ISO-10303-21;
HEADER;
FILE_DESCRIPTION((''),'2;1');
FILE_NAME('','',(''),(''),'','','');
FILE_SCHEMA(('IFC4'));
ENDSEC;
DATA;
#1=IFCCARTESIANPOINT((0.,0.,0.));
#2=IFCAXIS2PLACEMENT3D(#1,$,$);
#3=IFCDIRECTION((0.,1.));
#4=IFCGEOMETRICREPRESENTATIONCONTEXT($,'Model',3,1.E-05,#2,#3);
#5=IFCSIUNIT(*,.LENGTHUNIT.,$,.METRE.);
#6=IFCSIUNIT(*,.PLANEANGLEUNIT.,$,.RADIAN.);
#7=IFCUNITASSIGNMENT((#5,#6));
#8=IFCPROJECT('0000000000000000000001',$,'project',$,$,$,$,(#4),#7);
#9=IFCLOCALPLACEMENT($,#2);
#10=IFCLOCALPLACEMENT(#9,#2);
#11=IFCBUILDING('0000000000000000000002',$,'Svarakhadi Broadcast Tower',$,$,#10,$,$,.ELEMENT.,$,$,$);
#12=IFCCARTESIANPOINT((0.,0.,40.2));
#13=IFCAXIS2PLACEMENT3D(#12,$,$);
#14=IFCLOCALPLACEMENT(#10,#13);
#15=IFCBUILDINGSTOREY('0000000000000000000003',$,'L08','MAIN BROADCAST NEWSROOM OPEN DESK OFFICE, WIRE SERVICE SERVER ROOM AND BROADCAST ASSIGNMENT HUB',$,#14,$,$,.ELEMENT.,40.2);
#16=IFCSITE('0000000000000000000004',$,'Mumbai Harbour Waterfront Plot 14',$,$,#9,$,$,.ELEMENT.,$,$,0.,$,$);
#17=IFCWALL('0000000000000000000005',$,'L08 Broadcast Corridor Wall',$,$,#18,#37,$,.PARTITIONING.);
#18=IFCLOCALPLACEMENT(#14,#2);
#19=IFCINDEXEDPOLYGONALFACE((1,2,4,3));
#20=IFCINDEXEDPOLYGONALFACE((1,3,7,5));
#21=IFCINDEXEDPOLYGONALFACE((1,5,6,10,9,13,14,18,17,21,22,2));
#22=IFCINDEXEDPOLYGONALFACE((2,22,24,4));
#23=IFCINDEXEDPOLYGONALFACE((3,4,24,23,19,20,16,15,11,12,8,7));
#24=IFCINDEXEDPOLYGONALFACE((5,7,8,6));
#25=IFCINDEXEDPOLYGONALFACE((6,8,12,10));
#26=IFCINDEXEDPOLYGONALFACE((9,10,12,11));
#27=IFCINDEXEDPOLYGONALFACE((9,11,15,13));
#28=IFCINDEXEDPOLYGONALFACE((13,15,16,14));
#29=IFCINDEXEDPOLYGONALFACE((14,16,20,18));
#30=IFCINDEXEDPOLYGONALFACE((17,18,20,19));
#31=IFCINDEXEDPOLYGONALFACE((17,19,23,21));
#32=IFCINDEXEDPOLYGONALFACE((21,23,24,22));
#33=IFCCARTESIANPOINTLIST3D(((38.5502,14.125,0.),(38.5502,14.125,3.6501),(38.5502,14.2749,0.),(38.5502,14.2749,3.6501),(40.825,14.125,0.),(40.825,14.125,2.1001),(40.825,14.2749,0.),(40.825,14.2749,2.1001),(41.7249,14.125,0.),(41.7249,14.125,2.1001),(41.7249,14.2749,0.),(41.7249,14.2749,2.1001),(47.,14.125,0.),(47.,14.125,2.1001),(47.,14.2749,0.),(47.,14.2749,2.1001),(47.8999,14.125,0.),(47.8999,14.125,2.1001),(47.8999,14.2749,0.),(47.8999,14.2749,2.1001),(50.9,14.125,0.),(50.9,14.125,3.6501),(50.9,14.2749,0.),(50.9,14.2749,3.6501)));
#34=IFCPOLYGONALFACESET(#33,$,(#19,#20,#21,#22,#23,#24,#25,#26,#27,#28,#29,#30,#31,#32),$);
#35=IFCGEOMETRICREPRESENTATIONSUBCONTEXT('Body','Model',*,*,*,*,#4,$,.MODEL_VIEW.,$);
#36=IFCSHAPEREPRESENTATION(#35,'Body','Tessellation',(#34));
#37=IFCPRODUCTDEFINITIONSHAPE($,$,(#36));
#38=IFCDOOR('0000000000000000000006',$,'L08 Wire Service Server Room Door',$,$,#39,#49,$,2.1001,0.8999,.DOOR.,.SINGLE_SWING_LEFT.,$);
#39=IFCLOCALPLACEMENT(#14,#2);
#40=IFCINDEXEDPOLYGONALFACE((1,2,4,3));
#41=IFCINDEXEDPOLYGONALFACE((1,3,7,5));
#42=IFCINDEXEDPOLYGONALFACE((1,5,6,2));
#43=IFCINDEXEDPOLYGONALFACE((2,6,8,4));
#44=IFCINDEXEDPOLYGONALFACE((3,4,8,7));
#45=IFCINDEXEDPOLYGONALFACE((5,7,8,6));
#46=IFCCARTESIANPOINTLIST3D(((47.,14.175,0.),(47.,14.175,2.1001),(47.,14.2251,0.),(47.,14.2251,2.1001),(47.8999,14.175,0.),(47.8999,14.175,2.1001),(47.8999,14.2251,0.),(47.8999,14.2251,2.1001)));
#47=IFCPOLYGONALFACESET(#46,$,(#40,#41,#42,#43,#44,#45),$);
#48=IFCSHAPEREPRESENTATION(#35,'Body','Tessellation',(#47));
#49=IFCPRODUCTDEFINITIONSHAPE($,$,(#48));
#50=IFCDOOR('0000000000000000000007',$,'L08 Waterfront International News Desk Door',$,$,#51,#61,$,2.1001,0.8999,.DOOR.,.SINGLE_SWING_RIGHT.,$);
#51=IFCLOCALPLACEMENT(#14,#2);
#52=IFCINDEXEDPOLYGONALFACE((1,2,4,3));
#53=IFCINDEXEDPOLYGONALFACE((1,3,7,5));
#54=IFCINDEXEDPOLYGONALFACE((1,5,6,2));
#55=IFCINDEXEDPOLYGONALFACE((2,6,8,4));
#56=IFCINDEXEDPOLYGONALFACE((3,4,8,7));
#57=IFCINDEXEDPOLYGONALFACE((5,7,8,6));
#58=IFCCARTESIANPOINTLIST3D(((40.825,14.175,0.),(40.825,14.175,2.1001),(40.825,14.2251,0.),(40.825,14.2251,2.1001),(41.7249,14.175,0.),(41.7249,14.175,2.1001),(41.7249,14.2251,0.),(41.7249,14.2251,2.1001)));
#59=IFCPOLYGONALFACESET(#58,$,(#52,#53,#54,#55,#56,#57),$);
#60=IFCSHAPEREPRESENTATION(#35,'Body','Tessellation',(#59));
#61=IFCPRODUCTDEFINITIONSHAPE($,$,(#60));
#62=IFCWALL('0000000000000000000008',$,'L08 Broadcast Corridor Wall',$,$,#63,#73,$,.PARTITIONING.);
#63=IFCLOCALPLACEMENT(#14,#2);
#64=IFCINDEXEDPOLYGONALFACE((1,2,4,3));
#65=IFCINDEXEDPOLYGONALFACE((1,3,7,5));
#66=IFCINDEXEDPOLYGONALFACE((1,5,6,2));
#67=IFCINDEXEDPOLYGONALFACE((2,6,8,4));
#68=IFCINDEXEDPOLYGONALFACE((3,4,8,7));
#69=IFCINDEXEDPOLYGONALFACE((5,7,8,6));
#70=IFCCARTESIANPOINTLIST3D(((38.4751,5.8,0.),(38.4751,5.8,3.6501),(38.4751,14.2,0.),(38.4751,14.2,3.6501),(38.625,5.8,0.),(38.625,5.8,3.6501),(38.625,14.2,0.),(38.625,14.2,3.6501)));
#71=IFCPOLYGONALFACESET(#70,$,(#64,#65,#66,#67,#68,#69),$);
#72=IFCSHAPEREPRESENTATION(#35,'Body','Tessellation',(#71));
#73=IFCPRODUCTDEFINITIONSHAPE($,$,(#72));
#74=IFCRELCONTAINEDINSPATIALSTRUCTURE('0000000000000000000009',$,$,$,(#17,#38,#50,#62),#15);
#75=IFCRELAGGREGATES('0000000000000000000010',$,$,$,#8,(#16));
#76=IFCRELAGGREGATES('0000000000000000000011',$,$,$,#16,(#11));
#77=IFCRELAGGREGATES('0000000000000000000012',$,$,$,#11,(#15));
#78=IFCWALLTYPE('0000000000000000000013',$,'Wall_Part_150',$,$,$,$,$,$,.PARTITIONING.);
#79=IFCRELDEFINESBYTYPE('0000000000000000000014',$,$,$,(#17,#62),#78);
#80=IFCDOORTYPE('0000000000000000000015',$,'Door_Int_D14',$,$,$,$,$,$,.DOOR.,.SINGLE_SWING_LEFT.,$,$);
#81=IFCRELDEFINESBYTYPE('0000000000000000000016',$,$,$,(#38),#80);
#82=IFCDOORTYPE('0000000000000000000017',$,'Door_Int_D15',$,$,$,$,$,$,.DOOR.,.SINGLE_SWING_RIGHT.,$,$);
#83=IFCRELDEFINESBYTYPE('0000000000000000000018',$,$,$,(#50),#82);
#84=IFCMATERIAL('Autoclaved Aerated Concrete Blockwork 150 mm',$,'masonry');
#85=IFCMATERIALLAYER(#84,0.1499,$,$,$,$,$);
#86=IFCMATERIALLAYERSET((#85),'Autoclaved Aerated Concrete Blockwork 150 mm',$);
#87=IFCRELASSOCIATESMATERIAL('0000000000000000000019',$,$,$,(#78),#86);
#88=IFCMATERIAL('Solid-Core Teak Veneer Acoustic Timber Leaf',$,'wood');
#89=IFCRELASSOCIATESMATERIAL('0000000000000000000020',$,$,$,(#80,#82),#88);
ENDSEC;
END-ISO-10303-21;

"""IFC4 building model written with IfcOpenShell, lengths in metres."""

from ifc_helpers import new_model, si_unit, direction, frame, frame_2d, origin, place, context, subcontext, project, spatial, rectangle, extrude, material, layer, layer_set, type_object, element, fill, save


model = new_model("IFC4")

# Units and contexts
model_context = context("Model", 3, precision=1e-05, world=origin(), true_north=direction((0.0, 1.0)))
body_context = subcontext(model_context, "Body", "Model", "MODEL_VIEW")
ifc_project = project(units=[si_unit("LENGTHUNIT", "METRE"), si_unit("PLANEANGLEUNIT", "RADIAN")], contexts=[model_context])

# Site, building, storey
site_placement = place(None, origin())
site = spatial("IfcSite", under=ifc_project, at=site_placement, Name="Mumbai Harbour Waterfront Plot 14", CompositionType="ELEMENT", RefElevation=0.0)
building_placement = place(site_placement, origin())
building = spatial("IfcBuilding", under=site, at=building_placement, Name="Svarakhadi Broadcast Tower", CompositionType="ELEMENT")
storey_placement = place(building_placement, frame((0.0, 0.0, 40.2)))
storey = spatial("IfcBuildingStorey", under=building, at=storey_placement, Name="L08", Description="MAIN BROADCAST NEWSROOM OPEN DESK OFFICE, WIRE SERVICE SERVER ROOM AND BROADCAST ASSIGNMENT HUB", CompositionType="ELEMENT", Elevation=40.2)

# Shared definitions
ifc_material_1 = material(Name="Autoclaved Aerated Concrete Blockwork 150 mm", Category="masonry")
ifc_layer_1 = layer(ifc_material_1, 0.1499)
ifc_layer_set_1 = layer_set([ifc_layer_1], Name="Autoclaved Aerated Concrete Blockwork 150 mm")
wall_type_1 = type_object("IfcWallType", Name="Wall_Part_150", PredefinedType="PARTITIONING", material=ifc_layer_set_1)

# Shared definitions
ifc_material_2 = material(Name="Solid-Core Teak Veneer Acoustic Timber Leaf", Category="wood")
door_type_1 = type_object("IfcDoorType", Name="Door_Int_D14", OperationType="SINGLE_SWING_LEFT", PredefinedType="DOOR", material=ifc_material_2)
door_type_2 = type_object("IfcDoorType", Name="Door_Int_D15", OperationType="SINGLE_SWING_RIGHT", PredefinedType="DOOR", material=ifc_material_2)

# Wall, openings, doors
wall_1_placement = place(storey_placement, frame((50.8999, 14.2, 0.0), z_axis=(0.0, 0.0, 1.0), x_axis=(-1.0, 0.0, 0.0)))
wall_1 = element("IfcWall", 1, at=wall_1_placement, inside=storey, type_object=wall_type_1, Name="L08 Broadcast Corridor Wall", PredefinedType="PARTITIONING", context=body_context, shape_type="SweptSolid", body=[
    extrude(rectangle(XDim=12.3499, YDim=0.1499, at=frame_2d((6.1748, 0.0))), origin(), (0.0, 0.0, 1.0), 3.6501),
])
opening_1_placement = place(wall_1_placement, frame((9.175, 0.0, 0.0)))
opening_1 = element("IfcOpeningElement", 2, at=opening_1_placement, cuts=wall_1, PredefinedType="OPENING", context=body_context, shape_type="SweptSolid", body=[
    extrude(rectangle(XDim=0.8999, YDim=2.1001, at=frame_2d((0.45, 1.05))), frame((0.0, 0.085, 0.0), z_axis=(0.0, -1.0, 0.0), x_axis=(1.0, 0.0, 0.0)), (0.0, 0.0, 1.0), 0.1699),
])
opening_2_placement = place(wall_1_placement, frame((3.0, 0.0, 0.0)))
opening_2 = element("IfcOpeningElement", 3, at=opening_2_placement, cuts=wall_1, PredefinedType="OPENING", context=body_context, shape_type="SweptSolid", body=[
    extrude(rectangle(XDim=0.8999, YDim=2.1001, at=frame_2d((0.45, 1.05))), frame((0.0, 0.085, 0.0), z_axis=(0.0, -1.0, 0.0), x_axis=(1.0, 0.0, 0.0)), (0.0, 0.0, 1.0), 0.1699),
])
door_1_placement = place(opening_2_placement, origin())
door_1 = element("IfcDoor", 4, at=door_1_placement, inside=storey, type_object=door_type_1, Name="L08 Wire Service Server Room Door", OperationType="SINGLE_SWING_LEFT", OverallHeight=2.1001, OverallWidth=0.8999, PredefinedType="DOOR", context=body_context, shape_type="SweptSolid", body=[
    extrude(rectangle(XDim=0.8999, YDim=2.1001, at=frame_2d((0.45, 1.05))), frame((0.0, 0.0249, 0.0), z_axis=(0.0, -1.0, 0.0), x_axis=(1.0, 0.0, 0.0)), (0.0, 0.0, 1.0), 0.05),
])
fill(opening_2, door_1)
door_2_placement = place(opening_1_placement, origin())
door_2 = element("IfcDoor", 5, at=door_2_placement, inside=storey, type_object=door_type_2, Name="L08 Waterfront International News Desk Door", OperationType="SINGLE_SWING_RIGHT", OverallHeight=2.1001, OverallWidth=0.8999, PredefinedType="DOOR", context=body_context, shape_type="SweptSolid", body=[
    extrude(rectangle(XDim=0.8999, YDim=2.1001, at=frame_2d((0.45, 1.05))), frame((0.0, 0.0249, 0.0), z_axis=(0.0, -1.0, 0.0), x_axis=(1.0, 0.0, 0.0)), (0.0, 0.0, 1.0), 0.05),
])
fill(opening_1, door_2)

# Wall
wall_2_placement = place(storey_placement, frame((38.55, 14.2, 0.0), z_axis=(0.0, 0.0, 1.0), x_axis=(0.0, -1.0, 0.0)))
element("IfcWall", 6, at=wall_2_placement, inside=storey, type_object=wall_type_1, Name="L08 Broadcast Corridor Wall", PredefinedType="PARTITIONING", context=body_context, shape_type="SweptSolid", body=[
    extrude(rectangle(XDim=8.3999, YDim=0.1499, at=frame_2d((4.2, 0.0))), origin(), (0.0, 0.0, 1.0), 3.6501),
])

save(model, "model.ifc")
